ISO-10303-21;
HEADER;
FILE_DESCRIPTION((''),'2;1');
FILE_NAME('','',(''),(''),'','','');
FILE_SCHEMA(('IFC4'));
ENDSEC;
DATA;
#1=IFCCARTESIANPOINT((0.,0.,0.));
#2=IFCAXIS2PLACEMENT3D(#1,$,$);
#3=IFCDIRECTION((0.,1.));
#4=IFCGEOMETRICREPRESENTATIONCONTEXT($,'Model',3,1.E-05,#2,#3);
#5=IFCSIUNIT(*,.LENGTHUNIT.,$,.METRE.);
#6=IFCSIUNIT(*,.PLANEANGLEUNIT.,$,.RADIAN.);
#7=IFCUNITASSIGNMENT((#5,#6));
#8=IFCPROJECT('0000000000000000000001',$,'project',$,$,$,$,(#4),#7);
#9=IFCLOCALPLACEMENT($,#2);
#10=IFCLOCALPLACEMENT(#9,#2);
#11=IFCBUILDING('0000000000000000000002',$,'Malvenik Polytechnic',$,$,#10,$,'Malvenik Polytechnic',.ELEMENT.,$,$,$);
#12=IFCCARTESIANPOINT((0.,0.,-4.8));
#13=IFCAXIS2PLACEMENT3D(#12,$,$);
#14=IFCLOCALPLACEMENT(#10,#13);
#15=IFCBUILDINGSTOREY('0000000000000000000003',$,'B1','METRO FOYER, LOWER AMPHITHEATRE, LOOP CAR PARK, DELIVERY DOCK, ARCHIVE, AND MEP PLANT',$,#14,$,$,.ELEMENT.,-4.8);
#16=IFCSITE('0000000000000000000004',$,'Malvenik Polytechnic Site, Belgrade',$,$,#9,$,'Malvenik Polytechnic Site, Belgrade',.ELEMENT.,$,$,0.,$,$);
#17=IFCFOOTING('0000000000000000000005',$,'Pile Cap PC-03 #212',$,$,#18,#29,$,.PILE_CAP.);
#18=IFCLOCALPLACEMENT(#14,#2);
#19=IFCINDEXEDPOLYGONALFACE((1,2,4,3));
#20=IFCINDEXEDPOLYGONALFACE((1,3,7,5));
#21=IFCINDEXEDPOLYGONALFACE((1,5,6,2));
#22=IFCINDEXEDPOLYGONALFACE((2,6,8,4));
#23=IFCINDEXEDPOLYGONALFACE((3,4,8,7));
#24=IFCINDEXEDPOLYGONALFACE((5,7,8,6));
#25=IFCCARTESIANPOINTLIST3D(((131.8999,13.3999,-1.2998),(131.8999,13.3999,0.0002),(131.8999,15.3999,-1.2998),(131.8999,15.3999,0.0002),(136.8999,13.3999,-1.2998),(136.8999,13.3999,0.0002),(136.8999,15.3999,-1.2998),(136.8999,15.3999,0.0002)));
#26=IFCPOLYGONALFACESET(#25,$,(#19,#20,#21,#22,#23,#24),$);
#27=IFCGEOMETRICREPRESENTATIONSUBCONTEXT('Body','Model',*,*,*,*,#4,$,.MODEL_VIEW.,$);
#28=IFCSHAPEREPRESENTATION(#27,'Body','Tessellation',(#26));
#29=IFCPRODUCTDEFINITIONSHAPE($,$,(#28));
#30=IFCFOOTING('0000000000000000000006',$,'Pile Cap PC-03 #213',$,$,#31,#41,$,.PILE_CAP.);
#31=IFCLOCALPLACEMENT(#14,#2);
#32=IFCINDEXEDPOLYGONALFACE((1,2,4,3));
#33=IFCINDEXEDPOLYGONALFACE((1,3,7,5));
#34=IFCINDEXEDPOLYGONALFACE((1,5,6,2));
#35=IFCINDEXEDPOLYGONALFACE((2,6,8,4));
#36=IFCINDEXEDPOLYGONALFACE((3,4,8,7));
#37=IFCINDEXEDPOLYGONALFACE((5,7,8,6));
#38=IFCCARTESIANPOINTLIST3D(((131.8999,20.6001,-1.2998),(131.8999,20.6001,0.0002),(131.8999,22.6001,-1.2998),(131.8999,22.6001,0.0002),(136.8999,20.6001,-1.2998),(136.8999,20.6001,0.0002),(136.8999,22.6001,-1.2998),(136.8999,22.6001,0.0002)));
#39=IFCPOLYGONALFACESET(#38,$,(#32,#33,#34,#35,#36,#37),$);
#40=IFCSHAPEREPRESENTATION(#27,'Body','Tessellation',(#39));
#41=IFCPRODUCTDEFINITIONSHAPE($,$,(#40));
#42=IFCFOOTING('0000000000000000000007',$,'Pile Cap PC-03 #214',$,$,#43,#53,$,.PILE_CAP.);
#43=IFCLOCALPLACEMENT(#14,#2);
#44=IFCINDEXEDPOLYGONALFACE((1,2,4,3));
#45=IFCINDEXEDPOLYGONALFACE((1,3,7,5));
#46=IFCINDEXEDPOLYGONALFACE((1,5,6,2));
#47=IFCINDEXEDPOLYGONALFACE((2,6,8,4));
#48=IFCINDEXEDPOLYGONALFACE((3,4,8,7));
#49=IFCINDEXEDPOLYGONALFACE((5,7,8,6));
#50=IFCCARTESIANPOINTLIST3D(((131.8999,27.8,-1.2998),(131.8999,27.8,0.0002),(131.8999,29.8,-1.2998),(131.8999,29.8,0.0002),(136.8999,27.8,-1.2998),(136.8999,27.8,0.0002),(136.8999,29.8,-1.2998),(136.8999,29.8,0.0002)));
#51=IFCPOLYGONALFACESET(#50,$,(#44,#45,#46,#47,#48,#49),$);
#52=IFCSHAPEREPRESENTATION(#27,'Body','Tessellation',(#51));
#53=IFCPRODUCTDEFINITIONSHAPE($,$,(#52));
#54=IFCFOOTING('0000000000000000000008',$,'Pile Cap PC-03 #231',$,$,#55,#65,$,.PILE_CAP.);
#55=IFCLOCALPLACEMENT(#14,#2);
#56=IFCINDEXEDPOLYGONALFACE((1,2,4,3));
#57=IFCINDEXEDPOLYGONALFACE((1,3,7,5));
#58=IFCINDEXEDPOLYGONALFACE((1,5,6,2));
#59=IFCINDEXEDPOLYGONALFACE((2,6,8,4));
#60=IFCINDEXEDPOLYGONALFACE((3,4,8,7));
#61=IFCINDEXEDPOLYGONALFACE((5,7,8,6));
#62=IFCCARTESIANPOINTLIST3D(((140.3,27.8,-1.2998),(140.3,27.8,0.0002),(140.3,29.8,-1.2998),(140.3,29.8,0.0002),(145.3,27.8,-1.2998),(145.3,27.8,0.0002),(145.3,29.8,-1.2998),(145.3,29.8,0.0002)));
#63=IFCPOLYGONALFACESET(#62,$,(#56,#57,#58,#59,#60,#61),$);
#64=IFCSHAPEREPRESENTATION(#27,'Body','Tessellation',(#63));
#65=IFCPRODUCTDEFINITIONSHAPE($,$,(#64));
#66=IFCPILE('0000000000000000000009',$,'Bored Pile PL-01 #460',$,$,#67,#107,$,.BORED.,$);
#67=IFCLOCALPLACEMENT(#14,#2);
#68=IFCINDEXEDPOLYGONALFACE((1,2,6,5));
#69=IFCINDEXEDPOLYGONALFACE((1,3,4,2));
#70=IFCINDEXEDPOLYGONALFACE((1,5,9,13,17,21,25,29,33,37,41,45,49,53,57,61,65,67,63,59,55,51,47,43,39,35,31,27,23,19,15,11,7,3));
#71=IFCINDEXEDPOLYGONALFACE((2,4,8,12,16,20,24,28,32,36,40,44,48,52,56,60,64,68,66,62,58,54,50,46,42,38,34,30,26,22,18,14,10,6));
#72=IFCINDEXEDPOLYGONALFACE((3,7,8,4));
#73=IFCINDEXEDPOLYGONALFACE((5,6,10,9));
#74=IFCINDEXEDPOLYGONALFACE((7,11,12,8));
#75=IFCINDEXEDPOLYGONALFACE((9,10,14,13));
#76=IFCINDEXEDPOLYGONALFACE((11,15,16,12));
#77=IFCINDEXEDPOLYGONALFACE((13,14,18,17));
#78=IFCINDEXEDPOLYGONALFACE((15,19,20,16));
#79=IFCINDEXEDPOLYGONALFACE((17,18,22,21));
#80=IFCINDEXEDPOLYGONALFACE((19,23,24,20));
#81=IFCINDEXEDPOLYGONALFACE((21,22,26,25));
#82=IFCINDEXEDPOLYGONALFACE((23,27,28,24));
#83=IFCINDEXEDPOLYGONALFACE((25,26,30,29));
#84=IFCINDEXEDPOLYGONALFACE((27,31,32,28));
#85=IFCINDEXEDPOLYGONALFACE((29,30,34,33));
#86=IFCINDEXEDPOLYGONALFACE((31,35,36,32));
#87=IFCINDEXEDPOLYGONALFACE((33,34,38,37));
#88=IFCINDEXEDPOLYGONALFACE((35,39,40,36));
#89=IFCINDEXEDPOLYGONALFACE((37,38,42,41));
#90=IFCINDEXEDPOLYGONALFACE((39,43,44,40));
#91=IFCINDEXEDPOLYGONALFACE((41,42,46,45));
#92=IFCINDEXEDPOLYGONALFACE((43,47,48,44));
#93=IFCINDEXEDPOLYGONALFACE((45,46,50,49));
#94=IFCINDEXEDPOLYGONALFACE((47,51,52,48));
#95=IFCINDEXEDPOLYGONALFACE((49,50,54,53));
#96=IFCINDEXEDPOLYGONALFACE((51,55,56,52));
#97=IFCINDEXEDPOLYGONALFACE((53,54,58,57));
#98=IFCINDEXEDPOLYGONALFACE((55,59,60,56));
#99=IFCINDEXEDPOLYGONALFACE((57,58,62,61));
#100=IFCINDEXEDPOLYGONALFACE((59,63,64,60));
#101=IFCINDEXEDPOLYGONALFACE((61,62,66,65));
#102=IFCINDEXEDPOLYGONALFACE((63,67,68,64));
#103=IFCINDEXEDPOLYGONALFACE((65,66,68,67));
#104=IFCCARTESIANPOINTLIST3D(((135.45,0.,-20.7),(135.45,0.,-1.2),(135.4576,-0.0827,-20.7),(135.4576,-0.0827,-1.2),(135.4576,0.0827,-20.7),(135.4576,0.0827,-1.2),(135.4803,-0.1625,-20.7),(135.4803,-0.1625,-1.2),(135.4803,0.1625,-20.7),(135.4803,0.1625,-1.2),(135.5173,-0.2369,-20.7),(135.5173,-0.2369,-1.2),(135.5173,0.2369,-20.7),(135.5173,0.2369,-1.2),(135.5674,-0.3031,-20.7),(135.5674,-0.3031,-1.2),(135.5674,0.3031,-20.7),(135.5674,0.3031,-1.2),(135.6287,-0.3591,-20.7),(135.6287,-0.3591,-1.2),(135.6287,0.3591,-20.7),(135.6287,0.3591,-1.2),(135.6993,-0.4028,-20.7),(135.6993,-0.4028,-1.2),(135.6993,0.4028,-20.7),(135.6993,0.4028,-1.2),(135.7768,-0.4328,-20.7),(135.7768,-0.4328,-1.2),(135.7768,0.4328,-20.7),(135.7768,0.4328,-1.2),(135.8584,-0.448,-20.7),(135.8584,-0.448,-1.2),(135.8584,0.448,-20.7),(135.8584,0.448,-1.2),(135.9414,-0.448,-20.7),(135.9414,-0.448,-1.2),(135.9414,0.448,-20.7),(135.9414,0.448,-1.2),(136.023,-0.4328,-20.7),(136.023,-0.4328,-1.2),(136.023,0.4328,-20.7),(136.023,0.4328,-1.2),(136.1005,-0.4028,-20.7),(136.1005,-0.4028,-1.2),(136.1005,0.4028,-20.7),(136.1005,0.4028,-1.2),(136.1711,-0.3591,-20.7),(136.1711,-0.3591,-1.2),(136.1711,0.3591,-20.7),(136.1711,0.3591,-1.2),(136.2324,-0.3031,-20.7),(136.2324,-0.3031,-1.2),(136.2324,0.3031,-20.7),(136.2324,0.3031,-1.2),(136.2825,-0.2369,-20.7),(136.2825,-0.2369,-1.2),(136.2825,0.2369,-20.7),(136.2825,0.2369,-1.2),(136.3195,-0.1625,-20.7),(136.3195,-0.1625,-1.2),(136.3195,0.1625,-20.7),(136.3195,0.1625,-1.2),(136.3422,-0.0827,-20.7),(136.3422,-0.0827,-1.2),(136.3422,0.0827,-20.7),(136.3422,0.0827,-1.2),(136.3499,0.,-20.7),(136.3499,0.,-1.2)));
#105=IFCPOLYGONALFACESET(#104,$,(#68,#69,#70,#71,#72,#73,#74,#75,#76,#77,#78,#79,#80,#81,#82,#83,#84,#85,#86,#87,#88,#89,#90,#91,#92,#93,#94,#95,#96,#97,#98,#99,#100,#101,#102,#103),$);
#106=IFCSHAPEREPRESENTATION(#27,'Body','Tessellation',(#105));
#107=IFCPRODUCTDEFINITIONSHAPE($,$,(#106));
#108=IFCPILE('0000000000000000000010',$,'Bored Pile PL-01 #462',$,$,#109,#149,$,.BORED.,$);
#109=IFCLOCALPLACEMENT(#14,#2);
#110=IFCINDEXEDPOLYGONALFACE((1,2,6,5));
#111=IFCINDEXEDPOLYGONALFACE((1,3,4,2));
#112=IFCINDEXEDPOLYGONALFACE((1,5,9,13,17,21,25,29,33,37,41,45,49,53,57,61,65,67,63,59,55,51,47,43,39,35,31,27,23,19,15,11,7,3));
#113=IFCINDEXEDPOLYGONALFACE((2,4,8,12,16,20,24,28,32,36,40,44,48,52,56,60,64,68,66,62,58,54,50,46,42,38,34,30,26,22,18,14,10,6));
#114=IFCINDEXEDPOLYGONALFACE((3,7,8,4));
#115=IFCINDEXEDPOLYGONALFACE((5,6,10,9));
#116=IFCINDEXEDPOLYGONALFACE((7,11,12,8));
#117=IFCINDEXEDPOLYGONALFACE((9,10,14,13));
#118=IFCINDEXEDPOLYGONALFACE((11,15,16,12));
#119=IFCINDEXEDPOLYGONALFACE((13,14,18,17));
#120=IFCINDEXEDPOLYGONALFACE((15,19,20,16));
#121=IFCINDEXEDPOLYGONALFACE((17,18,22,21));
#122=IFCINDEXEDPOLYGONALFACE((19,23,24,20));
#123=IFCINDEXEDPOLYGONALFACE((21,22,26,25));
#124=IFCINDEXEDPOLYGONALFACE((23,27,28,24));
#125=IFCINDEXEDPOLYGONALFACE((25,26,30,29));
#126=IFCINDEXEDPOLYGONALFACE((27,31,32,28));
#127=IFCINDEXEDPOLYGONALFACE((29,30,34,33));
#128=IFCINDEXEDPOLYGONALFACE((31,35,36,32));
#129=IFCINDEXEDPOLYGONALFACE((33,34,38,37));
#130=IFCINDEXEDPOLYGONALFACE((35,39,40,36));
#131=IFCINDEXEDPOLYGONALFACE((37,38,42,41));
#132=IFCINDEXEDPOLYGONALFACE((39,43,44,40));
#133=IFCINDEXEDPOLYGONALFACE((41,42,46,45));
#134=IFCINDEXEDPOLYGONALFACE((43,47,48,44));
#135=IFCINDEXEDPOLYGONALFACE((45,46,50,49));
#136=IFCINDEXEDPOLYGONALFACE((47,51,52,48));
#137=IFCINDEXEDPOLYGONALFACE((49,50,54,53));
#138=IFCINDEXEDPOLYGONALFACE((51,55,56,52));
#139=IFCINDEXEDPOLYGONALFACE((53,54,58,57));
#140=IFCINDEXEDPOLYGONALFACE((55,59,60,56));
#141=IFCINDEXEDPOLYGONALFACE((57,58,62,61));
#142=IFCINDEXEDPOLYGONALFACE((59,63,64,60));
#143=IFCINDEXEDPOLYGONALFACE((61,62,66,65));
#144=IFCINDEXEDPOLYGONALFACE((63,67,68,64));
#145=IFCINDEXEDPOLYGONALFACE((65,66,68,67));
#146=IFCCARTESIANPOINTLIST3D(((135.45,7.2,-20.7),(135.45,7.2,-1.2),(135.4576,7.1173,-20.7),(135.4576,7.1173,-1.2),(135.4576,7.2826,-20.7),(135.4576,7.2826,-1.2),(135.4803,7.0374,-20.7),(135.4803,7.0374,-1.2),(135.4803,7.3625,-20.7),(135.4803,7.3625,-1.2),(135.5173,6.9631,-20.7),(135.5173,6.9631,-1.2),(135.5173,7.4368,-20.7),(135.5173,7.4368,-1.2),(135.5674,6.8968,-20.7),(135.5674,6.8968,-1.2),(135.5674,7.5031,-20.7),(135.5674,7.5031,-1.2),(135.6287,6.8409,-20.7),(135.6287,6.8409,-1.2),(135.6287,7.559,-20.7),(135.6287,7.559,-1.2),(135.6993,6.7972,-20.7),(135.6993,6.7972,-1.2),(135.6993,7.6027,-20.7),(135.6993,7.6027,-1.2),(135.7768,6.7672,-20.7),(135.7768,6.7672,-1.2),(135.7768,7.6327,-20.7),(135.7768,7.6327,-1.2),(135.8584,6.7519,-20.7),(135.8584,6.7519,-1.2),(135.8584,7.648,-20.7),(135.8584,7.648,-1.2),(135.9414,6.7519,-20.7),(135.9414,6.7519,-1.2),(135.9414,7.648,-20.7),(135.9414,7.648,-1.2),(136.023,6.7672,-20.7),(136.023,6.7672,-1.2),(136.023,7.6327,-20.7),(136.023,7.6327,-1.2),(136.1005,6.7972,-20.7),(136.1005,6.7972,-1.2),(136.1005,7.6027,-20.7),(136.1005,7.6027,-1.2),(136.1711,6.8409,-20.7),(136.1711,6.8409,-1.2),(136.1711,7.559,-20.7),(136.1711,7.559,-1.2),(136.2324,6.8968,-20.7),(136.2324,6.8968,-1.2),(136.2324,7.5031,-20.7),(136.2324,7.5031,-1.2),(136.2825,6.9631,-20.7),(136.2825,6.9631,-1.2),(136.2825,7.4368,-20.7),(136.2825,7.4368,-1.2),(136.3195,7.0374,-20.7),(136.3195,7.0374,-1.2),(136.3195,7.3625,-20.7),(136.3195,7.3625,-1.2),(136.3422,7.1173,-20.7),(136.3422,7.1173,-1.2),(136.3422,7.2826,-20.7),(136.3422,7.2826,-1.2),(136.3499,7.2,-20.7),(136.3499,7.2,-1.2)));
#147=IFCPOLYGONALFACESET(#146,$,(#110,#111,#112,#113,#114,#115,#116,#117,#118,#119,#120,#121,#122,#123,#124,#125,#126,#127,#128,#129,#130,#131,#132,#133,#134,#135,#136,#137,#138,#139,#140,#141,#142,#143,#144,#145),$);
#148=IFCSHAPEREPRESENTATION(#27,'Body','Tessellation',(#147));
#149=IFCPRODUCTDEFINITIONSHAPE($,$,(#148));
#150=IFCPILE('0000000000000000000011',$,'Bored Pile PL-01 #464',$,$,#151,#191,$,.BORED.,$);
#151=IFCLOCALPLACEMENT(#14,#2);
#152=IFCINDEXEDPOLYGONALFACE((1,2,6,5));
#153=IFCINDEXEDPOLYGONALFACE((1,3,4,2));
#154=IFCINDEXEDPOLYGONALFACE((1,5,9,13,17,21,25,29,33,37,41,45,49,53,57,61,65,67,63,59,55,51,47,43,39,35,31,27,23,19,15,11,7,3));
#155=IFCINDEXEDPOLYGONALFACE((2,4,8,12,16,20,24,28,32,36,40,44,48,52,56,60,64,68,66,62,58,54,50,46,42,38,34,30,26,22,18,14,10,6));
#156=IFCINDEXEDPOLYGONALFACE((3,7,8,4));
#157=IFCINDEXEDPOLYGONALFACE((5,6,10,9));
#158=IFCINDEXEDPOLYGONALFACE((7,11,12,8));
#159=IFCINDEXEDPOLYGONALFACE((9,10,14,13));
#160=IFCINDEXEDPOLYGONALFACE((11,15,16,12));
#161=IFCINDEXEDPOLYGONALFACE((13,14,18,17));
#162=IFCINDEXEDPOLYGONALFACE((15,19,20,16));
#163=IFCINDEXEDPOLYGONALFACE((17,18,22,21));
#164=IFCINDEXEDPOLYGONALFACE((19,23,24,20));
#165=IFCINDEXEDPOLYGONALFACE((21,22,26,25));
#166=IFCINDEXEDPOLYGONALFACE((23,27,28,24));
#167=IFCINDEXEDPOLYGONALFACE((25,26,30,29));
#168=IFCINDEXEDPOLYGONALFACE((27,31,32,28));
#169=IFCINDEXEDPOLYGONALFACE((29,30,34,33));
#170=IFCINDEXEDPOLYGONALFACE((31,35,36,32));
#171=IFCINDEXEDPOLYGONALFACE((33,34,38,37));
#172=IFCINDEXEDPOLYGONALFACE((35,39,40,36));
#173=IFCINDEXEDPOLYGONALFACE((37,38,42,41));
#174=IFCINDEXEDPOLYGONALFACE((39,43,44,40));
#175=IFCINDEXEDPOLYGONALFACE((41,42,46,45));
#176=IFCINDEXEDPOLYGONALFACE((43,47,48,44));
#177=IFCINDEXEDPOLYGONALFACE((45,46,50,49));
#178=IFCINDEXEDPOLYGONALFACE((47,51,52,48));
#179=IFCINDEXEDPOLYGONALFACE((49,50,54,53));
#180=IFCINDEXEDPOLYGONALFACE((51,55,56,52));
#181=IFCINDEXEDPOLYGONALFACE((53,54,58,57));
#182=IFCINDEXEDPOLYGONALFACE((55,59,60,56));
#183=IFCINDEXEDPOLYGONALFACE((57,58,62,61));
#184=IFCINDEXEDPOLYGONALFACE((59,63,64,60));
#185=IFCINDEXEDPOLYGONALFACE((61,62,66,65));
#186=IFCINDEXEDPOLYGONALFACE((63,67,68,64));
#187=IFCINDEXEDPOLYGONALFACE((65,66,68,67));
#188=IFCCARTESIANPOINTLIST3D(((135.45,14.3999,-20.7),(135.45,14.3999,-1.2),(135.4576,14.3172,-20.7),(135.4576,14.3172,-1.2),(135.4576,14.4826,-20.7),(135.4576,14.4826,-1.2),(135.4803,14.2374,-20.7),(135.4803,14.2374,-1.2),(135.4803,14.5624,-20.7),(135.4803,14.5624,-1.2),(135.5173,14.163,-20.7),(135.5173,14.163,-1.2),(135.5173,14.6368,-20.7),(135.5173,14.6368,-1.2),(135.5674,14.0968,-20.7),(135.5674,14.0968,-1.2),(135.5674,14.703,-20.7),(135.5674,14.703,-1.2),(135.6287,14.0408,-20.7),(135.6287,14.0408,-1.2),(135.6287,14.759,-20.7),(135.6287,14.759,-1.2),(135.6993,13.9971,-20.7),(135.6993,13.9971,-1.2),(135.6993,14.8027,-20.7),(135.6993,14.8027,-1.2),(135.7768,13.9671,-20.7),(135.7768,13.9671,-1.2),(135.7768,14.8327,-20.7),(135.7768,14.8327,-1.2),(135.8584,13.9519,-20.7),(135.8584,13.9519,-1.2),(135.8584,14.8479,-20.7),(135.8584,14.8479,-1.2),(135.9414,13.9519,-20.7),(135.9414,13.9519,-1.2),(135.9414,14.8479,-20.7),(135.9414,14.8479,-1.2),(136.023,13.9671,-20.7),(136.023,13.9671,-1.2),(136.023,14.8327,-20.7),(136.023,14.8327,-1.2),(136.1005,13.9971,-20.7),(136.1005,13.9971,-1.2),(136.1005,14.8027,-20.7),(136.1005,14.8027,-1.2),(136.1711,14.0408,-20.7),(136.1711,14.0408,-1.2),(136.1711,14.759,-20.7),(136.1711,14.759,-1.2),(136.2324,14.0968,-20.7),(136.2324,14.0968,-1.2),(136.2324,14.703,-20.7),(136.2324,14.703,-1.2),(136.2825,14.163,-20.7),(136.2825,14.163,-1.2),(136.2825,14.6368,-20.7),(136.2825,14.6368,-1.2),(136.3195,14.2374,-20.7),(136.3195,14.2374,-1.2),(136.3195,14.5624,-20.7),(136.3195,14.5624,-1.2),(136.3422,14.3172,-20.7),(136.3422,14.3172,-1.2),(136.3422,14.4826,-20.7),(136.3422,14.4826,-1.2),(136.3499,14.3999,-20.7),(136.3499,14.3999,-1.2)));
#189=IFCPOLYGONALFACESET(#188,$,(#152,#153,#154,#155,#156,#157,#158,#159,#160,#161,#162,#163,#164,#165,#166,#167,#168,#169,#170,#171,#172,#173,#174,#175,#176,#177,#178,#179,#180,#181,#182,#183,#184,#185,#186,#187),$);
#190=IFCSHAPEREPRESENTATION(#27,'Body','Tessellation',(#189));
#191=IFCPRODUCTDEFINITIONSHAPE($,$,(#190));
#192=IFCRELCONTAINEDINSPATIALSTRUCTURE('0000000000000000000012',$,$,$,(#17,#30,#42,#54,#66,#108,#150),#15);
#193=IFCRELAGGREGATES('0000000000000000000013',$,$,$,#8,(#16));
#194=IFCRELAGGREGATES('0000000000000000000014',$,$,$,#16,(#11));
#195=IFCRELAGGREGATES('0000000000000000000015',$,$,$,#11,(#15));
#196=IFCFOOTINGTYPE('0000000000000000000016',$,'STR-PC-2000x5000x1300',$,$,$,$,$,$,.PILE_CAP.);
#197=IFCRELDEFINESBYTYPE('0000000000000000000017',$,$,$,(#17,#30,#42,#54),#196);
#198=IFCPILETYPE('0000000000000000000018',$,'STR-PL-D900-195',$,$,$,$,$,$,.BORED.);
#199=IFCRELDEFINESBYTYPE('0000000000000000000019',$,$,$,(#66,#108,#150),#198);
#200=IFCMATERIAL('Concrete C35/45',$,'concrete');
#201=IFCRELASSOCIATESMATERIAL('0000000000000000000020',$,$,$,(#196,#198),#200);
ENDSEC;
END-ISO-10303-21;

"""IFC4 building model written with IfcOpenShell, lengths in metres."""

from ifc_helpers import new_model, si_unit, direction, frame, origin, origin_2d, place, context, subcontext, project, spatial, rectangle, circle, extrude, material, material_profile, profile_set, type_object, element, save


model = new_model("IFC4")

# Units and contexts
model_context = context("Model", 3, precision=1e-05, world=origin(), true_north=direction((0.0, 1.0)))
body_context = subcontext(model_context, "Body", "Model", "MODEL_VIEW")
ifc_project = project(units=[si_unit("LENGTHUNIT", "METRE"), si_unit("PLANEANGLEUNIT", "RADIAN")], contexts=[model_context])

# Site, building, storey
site_placement = place(None, origin())
site = spatial("IfcSite", under=ifc_project, at=site_placement, Name="Malvenik Polytechnic Site, Belgrade", LongName="Malvenik Polytechnic Site, Belgrade", CompositionType="ELEMENT", RefElevation=0.0)
building_placement = place(site_placement, origin())
building = spatial("IfcBuilding", under=site, at=building_placement, Name="Malvenik Polytechnic", LongName="Malvenik Polytechnic", CompositionType="ELEMENT")
storey_placement = place(building_placement, frame((0.0, 0.0, -4.8)))
storey = spatial("IfcBuildingStorey", under=building, at=storey_placement, Name="B1", Description="METRO FOYER, LOWER AMPHITHEATRE, LOOP CAR PARK, DELIVERY DOCK, ARCHIVE, AND MEP PLANT", CompositionType="ELEMENT", Elevation=-4.8)

# Footings
ifc_material = material(Name="Concrete C35/45", Category="concrete")
footing_type = type_object("IfcFootingType", Name="STR-PC-2000x5000x1300", PredefinedType="PILE_CAP", material=ifc_material)
for number, where, z_axis, x_axis, name in (
    (1, (134.3999, 14.3999, -1.2998), (0.0, 0.0, 1.0), (1.0, 0.0, 0.0), "Pile Cap PC-03 #212"),
    (2, (134.3999, 21.6001, -1.2998), (0.0, 0.0, 1.0), (1.0, 0.0, 0.0), "Pile Cap PC-03 #213"),
    (3, (134.3999, 28.8, -1.2998), (0.0, 0.0, 1.0), (1.0, 0.0, 0.0), "Pile Cap PC-03 #214"),
    (4, (142.8, 28.8, -1.2998), (0.0, 0.0, 1.0), (1.0, 0.0, 0.0), "Pile Cap PC-03 #231"),
):
    element("IfcFooting", number, at=place(storey_placement, frame(where, z_axis=z_axis, x_axis=x_axis)), inside=storey, type_object=footing_type, Name=name, PredefinedType="PILE_CAP", context=body_context, shape_type="SweptSolid", body=[
        extrude(rectangle(XDim=5.0, YDim=2.0, at=origin_2d()), origin(), (0.0, 0.0, 1.0), 1.3),
    ])

# Piles
ifc_material_profile_1 = material_profile(ifc_material, circle(Radius=0.45, at=origin_2d()), Name="BORED PILE D900")
ifc_profile_set_1 = profile_set([ifc_material_profile_1], Name="Concrete C35/45")
pile_type = type_object("IfcPileType", Name="STR-PL-D900-195", PredefinedType="BORED", material=ifc_profile_set_1)
for number, where, z_axis, x_axis, name in (
    (5, (135.8999, 0.0, -1.2), (0.0, 0.0, -1.0), (1.0, 0.0, 0.0), "Bored Pile PL-01 #460"),
    (6, (135.8999, 7.2, -1.2), (0.0, 0.0, -1.0), (1.0, 0.0, 0.0), "Bored Pile PL-01 #462"),
    (7, (135.8999, 14.3999, -1.2), (0.0, 0.0, -1.0), (1.0, 0.0, 0.0), "Bored Pile PL-01 #464"),
):
    element("IfcPile", number, at=place(storey_placement, frame(where, z_axis=z_axis, x_axis=x_axis)), inside=storey, type_object=pile_type, Name=name, PredefinedType="BORED", context=body_context, shape_type="SweptSolid", body=[
        extrude(circle(Radius=0.45, at=origin_2d()), origin(), (0.0, 0.0, 1.0), 19.5),
    ])

save(model, "model.ifc")
